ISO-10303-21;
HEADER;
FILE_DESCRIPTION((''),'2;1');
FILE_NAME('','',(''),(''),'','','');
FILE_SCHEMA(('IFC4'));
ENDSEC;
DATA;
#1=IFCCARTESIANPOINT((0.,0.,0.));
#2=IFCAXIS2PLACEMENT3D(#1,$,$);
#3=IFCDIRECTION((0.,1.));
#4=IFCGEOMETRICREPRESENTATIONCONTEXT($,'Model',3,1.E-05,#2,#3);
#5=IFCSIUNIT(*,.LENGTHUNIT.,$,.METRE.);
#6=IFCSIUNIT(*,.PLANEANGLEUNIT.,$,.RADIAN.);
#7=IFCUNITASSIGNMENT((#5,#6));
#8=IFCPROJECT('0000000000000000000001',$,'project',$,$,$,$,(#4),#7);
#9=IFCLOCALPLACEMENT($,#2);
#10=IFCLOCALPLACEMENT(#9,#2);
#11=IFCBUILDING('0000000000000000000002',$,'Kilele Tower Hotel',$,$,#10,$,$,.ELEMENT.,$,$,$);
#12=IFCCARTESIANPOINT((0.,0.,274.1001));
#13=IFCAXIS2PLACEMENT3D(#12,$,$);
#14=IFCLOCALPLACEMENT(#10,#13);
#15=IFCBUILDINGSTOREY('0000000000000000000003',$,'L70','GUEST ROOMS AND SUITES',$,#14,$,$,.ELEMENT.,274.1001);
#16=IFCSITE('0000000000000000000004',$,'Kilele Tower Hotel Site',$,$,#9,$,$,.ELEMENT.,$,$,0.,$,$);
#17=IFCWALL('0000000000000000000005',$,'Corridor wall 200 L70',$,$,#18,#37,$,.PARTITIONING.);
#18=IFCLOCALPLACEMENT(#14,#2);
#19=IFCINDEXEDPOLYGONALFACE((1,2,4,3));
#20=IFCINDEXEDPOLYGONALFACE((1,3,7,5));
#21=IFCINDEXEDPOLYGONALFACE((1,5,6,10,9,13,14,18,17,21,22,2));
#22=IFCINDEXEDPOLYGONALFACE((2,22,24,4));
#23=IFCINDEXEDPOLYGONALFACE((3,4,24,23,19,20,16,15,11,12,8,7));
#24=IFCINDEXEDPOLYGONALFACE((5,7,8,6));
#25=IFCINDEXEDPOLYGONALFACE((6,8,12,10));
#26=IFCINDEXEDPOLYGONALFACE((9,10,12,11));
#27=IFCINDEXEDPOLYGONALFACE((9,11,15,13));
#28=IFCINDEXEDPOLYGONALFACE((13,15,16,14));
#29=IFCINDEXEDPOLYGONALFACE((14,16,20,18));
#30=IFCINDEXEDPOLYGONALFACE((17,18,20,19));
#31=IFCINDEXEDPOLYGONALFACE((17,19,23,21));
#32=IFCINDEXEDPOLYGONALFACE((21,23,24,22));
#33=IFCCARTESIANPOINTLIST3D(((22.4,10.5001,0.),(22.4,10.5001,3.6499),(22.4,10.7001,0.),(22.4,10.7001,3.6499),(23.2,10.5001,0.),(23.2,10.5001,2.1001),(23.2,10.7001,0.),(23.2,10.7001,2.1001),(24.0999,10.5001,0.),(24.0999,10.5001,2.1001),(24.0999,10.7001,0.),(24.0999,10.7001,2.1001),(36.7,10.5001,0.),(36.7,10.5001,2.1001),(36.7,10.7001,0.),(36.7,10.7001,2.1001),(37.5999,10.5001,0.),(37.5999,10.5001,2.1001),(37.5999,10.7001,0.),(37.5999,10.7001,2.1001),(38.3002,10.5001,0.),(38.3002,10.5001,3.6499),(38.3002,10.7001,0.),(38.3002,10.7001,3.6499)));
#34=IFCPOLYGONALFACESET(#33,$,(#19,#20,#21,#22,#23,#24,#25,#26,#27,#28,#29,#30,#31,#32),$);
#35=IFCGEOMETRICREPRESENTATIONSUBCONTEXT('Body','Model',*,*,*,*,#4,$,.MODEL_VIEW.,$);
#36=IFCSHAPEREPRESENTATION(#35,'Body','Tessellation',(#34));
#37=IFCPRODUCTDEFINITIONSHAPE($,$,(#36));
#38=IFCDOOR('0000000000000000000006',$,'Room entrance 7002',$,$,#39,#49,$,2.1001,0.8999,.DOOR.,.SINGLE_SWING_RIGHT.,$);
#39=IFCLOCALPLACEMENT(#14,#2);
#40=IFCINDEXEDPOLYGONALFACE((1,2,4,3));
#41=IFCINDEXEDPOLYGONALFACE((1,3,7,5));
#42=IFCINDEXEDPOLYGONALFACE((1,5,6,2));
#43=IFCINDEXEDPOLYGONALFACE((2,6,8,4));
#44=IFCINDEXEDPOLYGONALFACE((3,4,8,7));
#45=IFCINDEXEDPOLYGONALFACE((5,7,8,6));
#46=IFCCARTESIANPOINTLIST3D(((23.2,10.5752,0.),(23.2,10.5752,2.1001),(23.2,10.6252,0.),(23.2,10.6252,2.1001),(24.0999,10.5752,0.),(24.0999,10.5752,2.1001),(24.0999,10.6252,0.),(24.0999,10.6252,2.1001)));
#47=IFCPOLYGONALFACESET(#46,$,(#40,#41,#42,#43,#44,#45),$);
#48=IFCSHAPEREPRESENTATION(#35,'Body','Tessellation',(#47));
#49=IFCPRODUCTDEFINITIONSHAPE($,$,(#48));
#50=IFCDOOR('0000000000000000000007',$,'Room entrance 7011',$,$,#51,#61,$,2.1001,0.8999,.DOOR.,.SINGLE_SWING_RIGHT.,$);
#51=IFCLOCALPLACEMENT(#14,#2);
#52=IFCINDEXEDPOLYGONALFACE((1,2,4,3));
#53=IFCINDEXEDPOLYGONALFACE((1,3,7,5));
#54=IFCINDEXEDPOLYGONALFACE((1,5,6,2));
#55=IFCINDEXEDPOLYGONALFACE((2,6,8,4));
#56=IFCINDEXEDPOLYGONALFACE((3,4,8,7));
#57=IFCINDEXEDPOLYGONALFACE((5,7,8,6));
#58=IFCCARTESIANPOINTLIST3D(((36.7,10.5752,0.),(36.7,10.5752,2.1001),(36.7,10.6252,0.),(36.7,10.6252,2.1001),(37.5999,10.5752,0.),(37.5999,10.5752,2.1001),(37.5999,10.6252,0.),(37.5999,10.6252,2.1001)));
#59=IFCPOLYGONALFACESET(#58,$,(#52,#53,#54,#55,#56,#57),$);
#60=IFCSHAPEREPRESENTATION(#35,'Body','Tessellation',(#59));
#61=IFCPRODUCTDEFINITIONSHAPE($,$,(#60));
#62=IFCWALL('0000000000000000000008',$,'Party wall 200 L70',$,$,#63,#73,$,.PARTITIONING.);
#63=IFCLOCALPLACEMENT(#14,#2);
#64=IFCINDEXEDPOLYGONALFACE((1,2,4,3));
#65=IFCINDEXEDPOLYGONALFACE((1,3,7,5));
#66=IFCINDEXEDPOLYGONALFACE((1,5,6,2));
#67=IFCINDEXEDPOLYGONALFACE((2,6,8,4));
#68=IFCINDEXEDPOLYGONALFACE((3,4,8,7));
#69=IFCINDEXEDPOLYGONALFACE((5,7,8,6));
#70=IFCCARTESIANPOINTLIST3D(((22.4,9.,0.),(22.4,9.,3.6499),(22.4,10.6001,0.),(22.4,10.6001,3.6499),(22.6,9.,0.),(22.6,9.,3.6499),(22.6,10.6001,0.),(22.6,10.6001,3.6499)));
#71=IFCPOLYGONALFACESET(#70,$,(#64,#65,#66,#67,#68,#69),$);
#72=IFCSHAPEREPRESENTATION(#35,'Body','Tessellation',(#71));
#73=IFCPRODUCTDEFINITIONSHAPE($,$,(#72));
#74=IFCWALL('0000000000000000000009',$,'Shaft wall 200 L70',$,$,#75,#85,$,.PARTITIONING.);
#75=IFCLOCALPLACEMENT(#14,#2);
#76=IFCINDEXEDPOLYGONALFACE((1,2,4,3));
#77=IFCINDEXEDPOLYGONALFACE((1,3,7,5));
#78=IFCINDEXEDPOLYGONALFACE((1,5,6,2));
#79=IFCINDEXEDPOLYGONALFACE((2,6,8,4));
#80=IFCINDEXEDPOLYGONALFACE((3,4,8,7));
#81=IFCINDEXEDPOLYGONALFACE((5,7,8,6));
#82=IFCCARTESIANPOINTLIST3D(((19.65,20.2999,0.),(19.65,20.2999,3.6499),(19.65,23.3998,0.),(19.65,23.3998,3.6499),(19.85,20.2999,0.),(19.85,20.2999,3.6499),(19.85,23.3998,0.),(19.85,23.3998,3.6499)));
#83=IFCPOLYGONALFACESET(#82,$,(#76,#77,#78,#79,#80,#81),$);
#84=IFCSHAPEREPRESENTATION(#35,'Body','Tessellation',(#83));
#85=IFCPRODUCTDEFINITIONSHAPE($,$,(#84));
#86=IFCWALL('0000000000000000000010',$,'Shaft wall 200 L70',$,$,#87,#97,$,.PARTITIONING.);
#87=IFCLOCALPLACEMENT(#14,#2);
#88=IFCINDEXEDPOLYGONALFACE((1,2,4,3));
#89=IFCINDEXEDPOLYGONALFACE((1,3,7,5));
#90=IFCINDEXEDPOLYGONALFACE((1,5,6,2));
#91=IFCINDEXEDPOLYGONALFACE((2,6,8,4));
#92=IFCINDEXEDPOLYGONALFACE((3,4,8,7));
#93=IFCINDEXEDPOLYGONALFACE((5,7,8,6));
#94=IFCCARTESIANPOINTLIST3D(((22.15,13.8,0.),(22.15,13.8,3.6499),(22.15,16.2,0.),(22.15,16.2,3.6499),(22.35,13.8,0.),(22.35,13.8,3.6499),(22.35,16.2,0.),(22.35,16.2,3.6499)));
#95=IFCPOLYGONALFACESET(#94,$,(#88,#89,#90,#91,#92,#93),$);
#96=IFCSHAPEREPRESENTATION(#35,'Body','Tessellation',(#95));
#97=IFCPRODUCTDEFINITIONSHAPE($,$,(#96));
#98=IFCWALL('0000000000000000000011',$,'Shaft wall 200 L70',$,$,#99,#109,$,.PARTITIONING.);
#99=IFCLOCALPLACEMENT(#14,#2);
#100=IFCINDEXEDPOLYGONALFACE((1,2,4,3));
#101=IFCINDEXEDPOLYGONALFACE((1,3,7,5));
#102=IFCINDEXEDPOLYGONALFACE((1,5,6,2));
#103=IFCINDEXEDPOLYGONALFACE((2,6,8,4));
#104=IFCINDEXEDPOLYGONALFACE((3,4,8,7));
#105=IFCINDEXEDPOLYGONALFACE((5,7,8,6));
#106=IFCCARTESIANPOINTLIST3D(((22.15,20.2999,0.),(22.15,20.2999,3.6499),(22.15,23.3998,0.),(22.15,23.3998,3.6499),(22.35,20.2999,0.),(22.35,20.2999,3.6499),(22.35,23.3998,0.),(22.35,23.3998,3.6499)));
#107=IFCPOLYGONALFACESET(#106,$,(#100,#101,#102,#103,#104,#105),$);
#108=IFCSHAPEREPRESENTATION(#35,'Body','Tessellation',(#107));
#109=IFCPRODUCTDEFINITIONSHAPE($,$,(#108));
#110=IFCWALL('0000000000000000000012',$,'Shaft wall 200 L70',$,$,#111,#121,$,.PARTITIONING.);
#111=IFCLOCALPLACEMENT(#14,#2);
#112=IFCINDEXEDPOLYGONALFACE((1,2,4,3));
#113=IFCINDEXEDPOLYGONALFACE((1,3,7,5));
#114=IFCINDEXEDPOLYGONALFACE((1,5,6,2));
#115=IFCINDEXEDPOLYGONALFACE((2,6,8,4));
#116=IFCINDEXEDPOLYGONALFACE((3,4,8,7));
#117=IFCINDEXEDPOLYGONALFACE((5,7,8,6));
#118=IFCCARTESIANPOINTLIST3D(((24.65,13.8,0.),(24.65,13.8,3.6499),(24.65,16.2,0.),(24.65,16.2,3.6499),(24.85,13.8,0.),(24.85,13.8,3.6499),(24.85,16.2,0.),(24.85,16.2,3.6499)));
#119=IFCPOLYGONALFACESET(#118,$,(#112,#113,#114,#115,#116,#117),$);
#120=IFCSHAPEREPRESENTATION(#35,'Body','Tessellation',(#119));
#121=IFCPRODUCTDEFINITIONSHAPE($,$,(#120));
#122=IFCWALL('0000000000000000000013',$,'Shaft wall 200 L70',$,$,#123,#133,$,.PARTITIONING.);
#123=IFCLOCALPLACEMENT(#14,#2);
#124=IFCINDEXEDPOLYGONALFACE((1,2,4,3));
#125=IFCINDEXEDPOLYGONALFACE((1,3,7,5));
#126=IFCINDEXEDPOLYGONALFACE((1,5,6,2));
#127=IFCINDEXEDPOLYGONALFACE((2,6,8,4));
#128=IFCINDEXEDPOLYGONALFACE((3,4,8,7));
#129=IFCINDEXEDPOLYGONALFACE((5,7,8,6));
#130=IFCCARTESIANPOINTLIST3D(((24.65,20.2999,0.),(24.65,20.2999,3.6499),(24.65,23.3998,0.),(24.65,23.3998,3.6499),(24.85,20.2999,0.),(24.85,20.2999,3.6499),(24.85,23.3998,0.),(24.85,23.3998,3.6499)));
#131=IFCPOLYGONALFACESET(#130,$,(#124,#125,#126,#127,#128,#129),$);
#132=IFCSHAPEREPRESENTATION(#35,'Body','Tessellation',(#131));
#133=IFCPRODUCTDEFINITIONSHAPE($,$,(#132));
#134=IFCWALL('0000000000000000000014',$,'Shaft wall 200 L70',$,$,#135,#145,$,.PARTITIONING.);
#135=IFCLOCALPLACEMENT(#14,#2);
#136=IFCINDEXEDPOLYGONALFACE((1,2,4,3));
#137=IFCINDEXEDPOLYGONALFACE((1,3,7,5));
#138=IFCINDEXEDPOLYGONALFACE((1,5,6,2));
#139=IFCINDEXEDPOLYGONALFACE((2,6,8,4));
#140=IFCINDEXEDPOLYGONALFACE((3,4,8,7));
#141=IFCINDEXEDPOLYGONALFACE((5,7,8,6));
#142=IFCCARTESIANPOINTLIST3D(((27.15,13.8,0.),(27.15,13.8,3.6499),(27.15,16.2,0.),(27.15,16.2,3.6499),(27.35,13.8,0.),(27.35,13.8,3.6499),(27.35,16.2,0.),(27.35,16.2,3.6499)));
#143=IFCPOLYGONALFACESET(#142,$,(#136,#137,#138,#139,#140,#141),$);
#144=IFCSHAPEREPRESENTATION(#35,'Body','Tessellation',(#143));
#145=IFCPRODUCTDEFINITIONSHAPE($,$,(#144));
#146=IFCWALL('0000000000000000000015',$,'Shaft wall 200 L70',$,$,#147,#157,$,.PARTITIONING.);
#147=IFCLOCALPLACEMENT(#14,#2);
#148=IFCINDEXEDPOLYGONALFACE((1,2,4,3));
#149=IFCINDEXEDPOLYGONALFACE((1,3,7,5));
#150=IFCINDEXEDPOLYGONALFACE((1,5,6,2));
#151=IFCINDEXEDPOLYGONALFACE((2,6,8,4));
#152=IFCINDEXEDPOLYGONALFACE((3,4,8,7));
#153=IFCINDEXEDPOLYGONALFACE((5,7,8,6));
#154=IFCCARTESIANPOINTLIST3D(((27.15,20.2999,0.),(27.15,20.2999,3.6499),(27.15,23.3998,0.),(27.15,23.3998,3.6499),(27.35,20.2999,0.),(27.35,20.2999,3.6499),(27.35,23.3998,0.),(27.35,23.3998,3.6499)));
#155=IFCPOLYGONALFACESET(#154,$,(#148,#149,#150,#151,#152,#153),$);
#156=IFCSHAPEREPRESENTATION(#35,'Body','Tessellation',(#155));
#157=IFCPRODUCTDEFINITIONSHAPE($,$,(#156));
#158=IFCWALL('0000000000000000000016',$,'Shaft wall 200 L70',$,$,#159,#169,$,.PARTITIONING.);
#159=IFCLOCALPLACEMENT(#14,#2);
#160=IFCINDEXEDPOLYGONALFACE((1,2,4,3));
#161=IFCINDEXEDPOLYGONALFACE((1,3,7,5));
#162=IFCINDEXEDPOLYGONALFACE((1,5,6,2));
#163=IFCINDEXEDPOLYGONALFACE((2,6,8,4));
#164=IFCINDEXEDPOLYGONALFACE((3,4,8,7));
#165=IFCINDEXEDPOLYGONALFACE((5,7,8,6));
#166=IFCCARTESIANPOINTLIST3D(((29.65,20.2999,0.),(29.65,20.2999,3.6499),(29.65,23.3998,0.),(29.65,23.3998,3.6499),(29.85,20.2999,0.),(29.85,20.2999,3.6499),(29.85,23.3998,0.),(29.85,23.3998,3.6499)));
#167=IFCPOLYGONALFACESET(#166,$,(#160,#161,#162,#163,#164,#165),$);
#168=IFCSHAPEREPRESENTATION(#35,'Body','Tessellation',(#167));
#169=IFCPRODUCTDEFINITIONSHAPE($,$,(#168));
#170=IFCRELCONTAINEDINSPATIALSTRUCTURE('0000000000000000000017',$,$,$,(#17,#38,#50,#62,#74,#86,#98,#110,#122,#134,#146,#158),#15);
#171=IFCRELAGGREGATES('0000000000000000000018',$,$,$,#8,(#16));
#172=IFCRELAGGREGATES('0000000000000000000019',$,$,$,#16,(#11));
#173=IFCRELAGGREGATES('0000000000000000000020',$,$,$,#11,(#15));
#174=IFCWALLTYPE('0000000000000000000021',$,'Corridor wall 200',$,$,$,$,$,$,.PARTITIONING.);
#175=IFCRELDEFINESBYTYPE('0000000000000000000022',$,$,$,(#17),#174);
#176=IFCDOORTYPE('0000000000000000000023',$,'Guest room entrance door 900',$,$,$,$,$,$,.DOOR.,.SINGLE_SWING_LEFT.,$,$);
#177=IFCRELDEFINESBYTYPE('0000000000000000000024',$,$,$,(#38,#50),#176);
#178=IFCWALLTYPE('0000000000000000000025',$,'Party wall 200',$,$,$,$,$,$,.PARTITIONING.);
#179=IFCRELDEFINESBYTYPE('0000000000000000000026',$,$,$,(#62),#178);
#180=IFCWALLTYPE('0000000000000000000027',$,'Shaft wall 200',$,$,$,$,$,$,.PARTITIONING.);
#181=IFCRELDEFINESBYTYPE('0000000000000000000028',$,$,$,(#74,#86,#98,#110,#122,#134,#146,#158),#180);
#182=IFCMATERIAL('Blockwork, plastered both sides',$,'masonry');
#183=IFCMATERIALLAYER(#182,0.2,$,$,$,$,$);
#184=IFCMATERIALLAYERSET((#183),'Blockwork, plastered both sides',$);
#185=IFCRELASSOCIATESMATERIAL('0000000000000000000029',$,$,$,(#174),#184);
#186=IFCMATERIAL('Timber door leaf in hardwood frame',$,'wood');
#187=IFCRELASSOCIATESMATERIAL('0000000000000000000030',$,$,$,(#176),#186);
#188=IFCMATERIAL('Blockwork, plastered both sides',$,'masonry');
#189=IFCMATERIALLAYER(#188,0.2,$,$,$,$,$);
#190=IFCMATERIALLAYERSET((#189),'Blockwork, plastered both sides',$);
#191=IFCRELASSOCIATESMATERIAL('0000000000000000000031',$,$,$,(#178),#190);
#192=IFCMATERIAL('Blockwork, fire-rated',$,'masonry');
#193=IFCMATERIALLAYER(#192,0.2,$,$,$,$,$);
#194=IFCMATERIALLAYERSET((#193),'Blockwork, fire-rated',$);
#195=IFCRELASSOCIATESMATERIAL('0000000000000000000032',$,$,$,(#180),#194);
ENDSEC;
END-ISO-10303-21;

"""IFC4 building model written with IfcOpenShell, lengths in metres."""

from ifc_helpers import new_model, si_unit, direction, frame, frame_2d, origin, place, context, subcontext, project, spatial, rectangle, extrude, material, layer, layer_set, type_object, element, fill, save


model = new_model("IFC4")

# Units and contexts
model_context = context("Model", 3, precision=1e-05, world=origin(), true_north=direction((0.0, 1.0)))
body_context = subcontext(model_context, "Body", "Model", "MODEL_VIEW")
ifc_project = project(units=[si_unit("LENGTHUNIT", "METRE"), si_unit("PLANEANGLEUNIT", "RADIAN")], contexts=[model_context])

# Site, building, storey
site_placement = place(None, origin())
site = spatial("IfcSite", under=ifc_project, at=site_placement, Name="Kilele Tower Hotel Site", CompositionType="ELEMENT", RefElevation=0.0)
building_placement = place(site_placement, origin())
building = spatial("IfcBuilding", under=site, at=building_placement, Name="Kilele Tower Hotel", CompositionType="ELEMENT")
storey_placement = place(building_placement, frame((0.0, 0.0, 274.1001)))
storey = spatial("IfcBuildingStorey", under=building, at=storey_placement, Name="L70", Description="GUEST ROOMS AND SUITES", CompositionType="ELEMENT", Elevation=274.1001)

# Wall, openings, doors
ifc_material_1 = material(Name="Blockwork, plastered both sides", Category="masonry")
ifc_layer_1 = layer(ifc_material_1, 0.2)
ifc_layer_set_1 = layer_set([ifc_layer_1], Name="Blockwork, plastered both sides")
wall_type_1 = type_object("IfcWallType", Name="Corridor wall 200", PredefinedType="PARTITIONING", material=ifc_layer_set_1)
wall_1_placement = place(storey_placement, frame((22.3999, 10.6001, 0.0), z_axis=(0.0, 0.0, 1.0), x_axis=(1.0, 0.0, 0.0)))
wall_1 = element("IfcWall", 1, at=wall_1_placement, inside=storey, type_object=wall_type_1, Name="Corridor wall 200 L70", PredefinedType="PARTITIONING", context=body_context, shape_type="SweptSolid", body=[
    extrude(rectangle(XDim=15.9001, YDim=0.2, at=frame_2d((7.9502, 0.0))), origin(), (0.0, 0.0, 1.0), 3.6499),
])
opening_1_placement = place(wall_1_placement, frame((1.7, 0.0, 0.0), z_axis=(0.0, 0.0, 1.0), x_axis=(-1.0, 0.0, 0.0)))
opening_1 = element("IfcOpeningElement", 2, at=opening_1_placement, cuts=wall_1, PredefinedType="OPENING", context=body_context, shape_type="SweptSolid", body=[
    extrude(rectangle(XDim=0.8999, YDim=2.1001, at=frame_2d((0.45, 1.05))), frame((0.0, 0.1099, 0.0), z_axis=(0.0, -1.0, 0.0), x_axis=(1.0, 0.0, 0.0)), (0.0, 0.0, 1.0), 0.22),
])
opening_2_placement = place(wall_1_placement, frame((15.2, 0.0, 0.0), z_axis=(0.0, 0.0, 1.0), x_axis=(-1.0, 0.0, 0.0)))
opening_2 = element("IfcOpeningElement", 3, at=opening_2_placement, cuts=wall_1, PredefinedType="OPENING", context=body_context, shape_type="SweptSolid", body=[
    extrude(rectangle(XDim=0.8999, YDim=2.1001, at=frame_2d((0.45, 1.05))), frame((0.0, 0.1099, 0.0), z_axis=(0.0, -1.0, 0.0), x_axis=(1.0, 0.0, 0.0)), (0.0, 0.0, 1.0), 0.22),
])
ifc_material_2 = material(Name="Timber door leaf in hardwood frame", Category="wood")
door_type_1 = type_object("IfcDoorType", Name="Guest room entrance door 900", OperationType="SINGLE_SWING_LEFT", PredefinedType="DOOR", material=ifc_material_2)
door_1_placement = place(opening_1_placement, origin())
door_1 = element("IfcDoor", 4, at=door_1_placement, inside=storey, type_object=door_type_1, Name="Room entrance 7002", OperationType="SINGLE_SWING_RIGHT", OverallHeight=2.1001, OverallWidth=0.8999, PredefinedType="DOOR", context=body_context, shape_type="SweptSolid", body=[
    extrude(rectangle(XDim=0.8999, YDim=2.1001, at=frame_2d((0.45, 1.05))), frame((0.0, 0.0249, 0.0), z_axis=(0.0, -1.0, 0.0), x_axis=(1.0, 0.0, 0.0)), (0.0, 0.0, 1.0), 0.05),
])
fill(opening_1, door_1)
door_2_placement = place(opening_2_placement, origin())
door_2 = element("IfcDoor", 5, at=door_2_placement, inside=storey, type_object=door_type_1, Name="Room entrance 7011", OperationType="SINGLE_SWING_RIGHT", OverallHeight=2.1001, OverallWidth=0.8999, PredefinedType="DOOR", context=body_context, shape_type="SweptSolid", body=[
    extrude(rectangle(XDim=0.8999, YDim=2.1001, at=frame_2d((0.45, 1.05))), frame((0.0, 0.0249, 0.0), z_axis=(0.0, -1.0, 0.0), x_axis=(1.0, 0.0, 0.0)), (0.0, 0.0, 1.0), 0.05),
])
fill(opening_2, door_2)

# Walls
ifc_material_3 = material(Name="Blockwork, plastered both sides", Category="masonry")
ifc_layer_2 = layer(ifc_material_3, 0.2)
ifc_layer_set_2 = layer_set([ifc_layer_2], Name="Blockwork, plastered both sides")
wall_type_2 = type_object("IfcWallType", Name="Party wall 200", PredefinedType="PARTITIONING", material=ifc_layer_set_2)
wall_2_placement = place(storey_placement, frame((22.5, 10.6001, 0.0), z_axis=(0.0, 0.0, 1.0), x_axis=(0.0, -1.0, 0.0)))
element("IfcWall", 6, at=wall_2_placement, inside=storey, type_object=wall_type_2, Name="Party wall 200 L70", PredefinedType="PARTITIONING", context=body_context, shape_type="SweptSolid", body=[
    extrude(rectangle(XDim=1.6001, YDim=0.2, at=frame_2d((0.8, 0.0))), origin(), (0.0, 0.0, 1.0), 3.6499),
])
ifc_material_4 = material(Name="Blockwork, fire-rated", Category="masonry")
ifc_layer_3 = layer(ifc_material_4, 0.2)
ifc_layer_set_3 = layer_set([ifc_layer_3], Name="Blockwork, fire-rated")
wall_type_3 = type_object("IfcWallType", Name="Shaft wall 200", PredefinedType="PARTITIONING", material=ifc_layer_set_3)
wall_3_placement = place(storey_placement, frame((19.75, 20.3, 0.0), z_axis=(0.0, 0.0, 1.0), x_axis=(0.0, 1.0, 0.0)))
element("IfcWall", 7, at=wall_3_placement, inside=storey, type_object=wall_type_3, Name="Shaft wall 200 L70", PredefinedType="PARTITIONING", context=body_context, shape_type="SweptSolid", body=[
    extrude(rectangle(XDim=3.0999, YDim=0.2, at=frame_2d((1.5498, 0.0))), origin(), (0.0, 0.0, 1.0), 3.6499),
])
wall_4_placement = place(storey_placement, frame((22.25, 13.8, 0.0), z_axis=(0.0, 0.0, 1.0), x_axis=(0.0, 1.0, 0.0)))
element("IfcWall", 8, at=wall_4_placement, inside=storey, type_object=wall_type_3, Name="Shaft wall 200 L70", PredefinedType="PARTITIONING", context=body_context, shape_type="SweptSolid", body=[
    extrude(rectangle(XDim=2.3999, YDim=0.2, at=frame_2d((1.2, 0.0))), origin(), (0.0, 0.0, 1.0), 3.6499),
])
wall_5_placement = place(storey_placement, frame((22.25, 20.3, 0.0), z_axis=(0.0, 0.0, 1.0), x_axis=(0.0, 1.0, 0.0)))
element("IfcWall", 9, at=wall_5_placement, inside=storey, type_object=wall_type_3, Name="Shaft wall 200 L70", PredefinedType="PARTITIONING", context=body_context, shape_type="SweptSolid", body=[
    extrude(rectangle(XDim=3.0999, YDim=0.2, at=frame_2d((1.5498, 0.0))), origin(), (0.0, 0.0, 1.0), 3.6499),
])
wall_6_placement = place(storey_placement, frame((24.75, 13.8, 0.0), z_axis=(0.0, 0.0, 1.0), x_axis=(0.0, 1.0, 0.0)))
element("IfcWall", 10, at=wall_6_placement, inside=storey, type_object=wall_type_3, Name="Shaft wall 200 L70", PredefinedType="PARTITIONING", context=body_context, shape_type="SweptSolid", body=[
    extrude(rectangle(XDim=2.3999, YDim=0.2, at=frame_2d((1.2, 0.0))), origin(), (0.0, 0.0, 1.0), 3.6499),
])
wall_7_placement = place(storey_placement, frame((24.75, 20.3, 0.0), z_axis=(0.0, 0.0, 1.0), x_axis=(0.0, 1.0, 0.0)))
element("IfcWall", 11, at=wall_7_placement, inside=storey, type_object=wall_type_3, Name="Shaft wall 200 L70", PredefinedType="PARTITIONING", context=body_context, shape_type="SweptSolid", body=[
    extrude(rectangle(XDim=3.0999, YDim=0.2, at=frame_2d((1.5498, 0.0))), origin(), (0.0, 0.0, 1.0), 3.6499),
])
wall_8_placement = place(storey_placement, frame((27.25, 13.8, 0.0), z_axis=(0.0, 0.0, 1.0), x_axis=(0.0, 1.0, 0.0)))
element("IfcWall", 12, at=wall_8_placement, inside=storey, type_object=wall_type_3, Name="Shaft wall 200 L70", PredefinedType="PARTITIONING", context=body_context, shape_type="SweptSolid", body=[
    extrude(rectangle(XDim=2.3999, YDim=0.2, at=frame_2d((1.2, 0.0))), origin(), (0.0, 0.0, 1.0), 3.6499),
])
for number, where, z_axis, x_axis, name in (
    (13, (27.25, 20.3, 0.0), (0.0, 0.0, 1.0), (0.0, 1.0, 0.0), "Shaft wall 200 L70"),
    (14, (29.75, 20.3, 0.0), (0.0, 0.0, 1.0), (0.0, 1.0, 0.0), "Shaft wall 200 L70"),
):
    element("IfcWall", number, at=place(storey_placement, frame(where, z_axis=z_axis, x_axis=x_axis)), inside=storey, type_object=wall_type_3, Name=name, PredefinedType="PARTITIONING", context=body_context, shape_type="SweptSolid", body=[
        extrude(rectangle(XDim=3.0999, YDim=0.2, at=frame_2d((1.5498, 0.0))), origin(), (0.0, 0.0, 1.0), 3.6499),
    ])

save(model, "model.ifc")
